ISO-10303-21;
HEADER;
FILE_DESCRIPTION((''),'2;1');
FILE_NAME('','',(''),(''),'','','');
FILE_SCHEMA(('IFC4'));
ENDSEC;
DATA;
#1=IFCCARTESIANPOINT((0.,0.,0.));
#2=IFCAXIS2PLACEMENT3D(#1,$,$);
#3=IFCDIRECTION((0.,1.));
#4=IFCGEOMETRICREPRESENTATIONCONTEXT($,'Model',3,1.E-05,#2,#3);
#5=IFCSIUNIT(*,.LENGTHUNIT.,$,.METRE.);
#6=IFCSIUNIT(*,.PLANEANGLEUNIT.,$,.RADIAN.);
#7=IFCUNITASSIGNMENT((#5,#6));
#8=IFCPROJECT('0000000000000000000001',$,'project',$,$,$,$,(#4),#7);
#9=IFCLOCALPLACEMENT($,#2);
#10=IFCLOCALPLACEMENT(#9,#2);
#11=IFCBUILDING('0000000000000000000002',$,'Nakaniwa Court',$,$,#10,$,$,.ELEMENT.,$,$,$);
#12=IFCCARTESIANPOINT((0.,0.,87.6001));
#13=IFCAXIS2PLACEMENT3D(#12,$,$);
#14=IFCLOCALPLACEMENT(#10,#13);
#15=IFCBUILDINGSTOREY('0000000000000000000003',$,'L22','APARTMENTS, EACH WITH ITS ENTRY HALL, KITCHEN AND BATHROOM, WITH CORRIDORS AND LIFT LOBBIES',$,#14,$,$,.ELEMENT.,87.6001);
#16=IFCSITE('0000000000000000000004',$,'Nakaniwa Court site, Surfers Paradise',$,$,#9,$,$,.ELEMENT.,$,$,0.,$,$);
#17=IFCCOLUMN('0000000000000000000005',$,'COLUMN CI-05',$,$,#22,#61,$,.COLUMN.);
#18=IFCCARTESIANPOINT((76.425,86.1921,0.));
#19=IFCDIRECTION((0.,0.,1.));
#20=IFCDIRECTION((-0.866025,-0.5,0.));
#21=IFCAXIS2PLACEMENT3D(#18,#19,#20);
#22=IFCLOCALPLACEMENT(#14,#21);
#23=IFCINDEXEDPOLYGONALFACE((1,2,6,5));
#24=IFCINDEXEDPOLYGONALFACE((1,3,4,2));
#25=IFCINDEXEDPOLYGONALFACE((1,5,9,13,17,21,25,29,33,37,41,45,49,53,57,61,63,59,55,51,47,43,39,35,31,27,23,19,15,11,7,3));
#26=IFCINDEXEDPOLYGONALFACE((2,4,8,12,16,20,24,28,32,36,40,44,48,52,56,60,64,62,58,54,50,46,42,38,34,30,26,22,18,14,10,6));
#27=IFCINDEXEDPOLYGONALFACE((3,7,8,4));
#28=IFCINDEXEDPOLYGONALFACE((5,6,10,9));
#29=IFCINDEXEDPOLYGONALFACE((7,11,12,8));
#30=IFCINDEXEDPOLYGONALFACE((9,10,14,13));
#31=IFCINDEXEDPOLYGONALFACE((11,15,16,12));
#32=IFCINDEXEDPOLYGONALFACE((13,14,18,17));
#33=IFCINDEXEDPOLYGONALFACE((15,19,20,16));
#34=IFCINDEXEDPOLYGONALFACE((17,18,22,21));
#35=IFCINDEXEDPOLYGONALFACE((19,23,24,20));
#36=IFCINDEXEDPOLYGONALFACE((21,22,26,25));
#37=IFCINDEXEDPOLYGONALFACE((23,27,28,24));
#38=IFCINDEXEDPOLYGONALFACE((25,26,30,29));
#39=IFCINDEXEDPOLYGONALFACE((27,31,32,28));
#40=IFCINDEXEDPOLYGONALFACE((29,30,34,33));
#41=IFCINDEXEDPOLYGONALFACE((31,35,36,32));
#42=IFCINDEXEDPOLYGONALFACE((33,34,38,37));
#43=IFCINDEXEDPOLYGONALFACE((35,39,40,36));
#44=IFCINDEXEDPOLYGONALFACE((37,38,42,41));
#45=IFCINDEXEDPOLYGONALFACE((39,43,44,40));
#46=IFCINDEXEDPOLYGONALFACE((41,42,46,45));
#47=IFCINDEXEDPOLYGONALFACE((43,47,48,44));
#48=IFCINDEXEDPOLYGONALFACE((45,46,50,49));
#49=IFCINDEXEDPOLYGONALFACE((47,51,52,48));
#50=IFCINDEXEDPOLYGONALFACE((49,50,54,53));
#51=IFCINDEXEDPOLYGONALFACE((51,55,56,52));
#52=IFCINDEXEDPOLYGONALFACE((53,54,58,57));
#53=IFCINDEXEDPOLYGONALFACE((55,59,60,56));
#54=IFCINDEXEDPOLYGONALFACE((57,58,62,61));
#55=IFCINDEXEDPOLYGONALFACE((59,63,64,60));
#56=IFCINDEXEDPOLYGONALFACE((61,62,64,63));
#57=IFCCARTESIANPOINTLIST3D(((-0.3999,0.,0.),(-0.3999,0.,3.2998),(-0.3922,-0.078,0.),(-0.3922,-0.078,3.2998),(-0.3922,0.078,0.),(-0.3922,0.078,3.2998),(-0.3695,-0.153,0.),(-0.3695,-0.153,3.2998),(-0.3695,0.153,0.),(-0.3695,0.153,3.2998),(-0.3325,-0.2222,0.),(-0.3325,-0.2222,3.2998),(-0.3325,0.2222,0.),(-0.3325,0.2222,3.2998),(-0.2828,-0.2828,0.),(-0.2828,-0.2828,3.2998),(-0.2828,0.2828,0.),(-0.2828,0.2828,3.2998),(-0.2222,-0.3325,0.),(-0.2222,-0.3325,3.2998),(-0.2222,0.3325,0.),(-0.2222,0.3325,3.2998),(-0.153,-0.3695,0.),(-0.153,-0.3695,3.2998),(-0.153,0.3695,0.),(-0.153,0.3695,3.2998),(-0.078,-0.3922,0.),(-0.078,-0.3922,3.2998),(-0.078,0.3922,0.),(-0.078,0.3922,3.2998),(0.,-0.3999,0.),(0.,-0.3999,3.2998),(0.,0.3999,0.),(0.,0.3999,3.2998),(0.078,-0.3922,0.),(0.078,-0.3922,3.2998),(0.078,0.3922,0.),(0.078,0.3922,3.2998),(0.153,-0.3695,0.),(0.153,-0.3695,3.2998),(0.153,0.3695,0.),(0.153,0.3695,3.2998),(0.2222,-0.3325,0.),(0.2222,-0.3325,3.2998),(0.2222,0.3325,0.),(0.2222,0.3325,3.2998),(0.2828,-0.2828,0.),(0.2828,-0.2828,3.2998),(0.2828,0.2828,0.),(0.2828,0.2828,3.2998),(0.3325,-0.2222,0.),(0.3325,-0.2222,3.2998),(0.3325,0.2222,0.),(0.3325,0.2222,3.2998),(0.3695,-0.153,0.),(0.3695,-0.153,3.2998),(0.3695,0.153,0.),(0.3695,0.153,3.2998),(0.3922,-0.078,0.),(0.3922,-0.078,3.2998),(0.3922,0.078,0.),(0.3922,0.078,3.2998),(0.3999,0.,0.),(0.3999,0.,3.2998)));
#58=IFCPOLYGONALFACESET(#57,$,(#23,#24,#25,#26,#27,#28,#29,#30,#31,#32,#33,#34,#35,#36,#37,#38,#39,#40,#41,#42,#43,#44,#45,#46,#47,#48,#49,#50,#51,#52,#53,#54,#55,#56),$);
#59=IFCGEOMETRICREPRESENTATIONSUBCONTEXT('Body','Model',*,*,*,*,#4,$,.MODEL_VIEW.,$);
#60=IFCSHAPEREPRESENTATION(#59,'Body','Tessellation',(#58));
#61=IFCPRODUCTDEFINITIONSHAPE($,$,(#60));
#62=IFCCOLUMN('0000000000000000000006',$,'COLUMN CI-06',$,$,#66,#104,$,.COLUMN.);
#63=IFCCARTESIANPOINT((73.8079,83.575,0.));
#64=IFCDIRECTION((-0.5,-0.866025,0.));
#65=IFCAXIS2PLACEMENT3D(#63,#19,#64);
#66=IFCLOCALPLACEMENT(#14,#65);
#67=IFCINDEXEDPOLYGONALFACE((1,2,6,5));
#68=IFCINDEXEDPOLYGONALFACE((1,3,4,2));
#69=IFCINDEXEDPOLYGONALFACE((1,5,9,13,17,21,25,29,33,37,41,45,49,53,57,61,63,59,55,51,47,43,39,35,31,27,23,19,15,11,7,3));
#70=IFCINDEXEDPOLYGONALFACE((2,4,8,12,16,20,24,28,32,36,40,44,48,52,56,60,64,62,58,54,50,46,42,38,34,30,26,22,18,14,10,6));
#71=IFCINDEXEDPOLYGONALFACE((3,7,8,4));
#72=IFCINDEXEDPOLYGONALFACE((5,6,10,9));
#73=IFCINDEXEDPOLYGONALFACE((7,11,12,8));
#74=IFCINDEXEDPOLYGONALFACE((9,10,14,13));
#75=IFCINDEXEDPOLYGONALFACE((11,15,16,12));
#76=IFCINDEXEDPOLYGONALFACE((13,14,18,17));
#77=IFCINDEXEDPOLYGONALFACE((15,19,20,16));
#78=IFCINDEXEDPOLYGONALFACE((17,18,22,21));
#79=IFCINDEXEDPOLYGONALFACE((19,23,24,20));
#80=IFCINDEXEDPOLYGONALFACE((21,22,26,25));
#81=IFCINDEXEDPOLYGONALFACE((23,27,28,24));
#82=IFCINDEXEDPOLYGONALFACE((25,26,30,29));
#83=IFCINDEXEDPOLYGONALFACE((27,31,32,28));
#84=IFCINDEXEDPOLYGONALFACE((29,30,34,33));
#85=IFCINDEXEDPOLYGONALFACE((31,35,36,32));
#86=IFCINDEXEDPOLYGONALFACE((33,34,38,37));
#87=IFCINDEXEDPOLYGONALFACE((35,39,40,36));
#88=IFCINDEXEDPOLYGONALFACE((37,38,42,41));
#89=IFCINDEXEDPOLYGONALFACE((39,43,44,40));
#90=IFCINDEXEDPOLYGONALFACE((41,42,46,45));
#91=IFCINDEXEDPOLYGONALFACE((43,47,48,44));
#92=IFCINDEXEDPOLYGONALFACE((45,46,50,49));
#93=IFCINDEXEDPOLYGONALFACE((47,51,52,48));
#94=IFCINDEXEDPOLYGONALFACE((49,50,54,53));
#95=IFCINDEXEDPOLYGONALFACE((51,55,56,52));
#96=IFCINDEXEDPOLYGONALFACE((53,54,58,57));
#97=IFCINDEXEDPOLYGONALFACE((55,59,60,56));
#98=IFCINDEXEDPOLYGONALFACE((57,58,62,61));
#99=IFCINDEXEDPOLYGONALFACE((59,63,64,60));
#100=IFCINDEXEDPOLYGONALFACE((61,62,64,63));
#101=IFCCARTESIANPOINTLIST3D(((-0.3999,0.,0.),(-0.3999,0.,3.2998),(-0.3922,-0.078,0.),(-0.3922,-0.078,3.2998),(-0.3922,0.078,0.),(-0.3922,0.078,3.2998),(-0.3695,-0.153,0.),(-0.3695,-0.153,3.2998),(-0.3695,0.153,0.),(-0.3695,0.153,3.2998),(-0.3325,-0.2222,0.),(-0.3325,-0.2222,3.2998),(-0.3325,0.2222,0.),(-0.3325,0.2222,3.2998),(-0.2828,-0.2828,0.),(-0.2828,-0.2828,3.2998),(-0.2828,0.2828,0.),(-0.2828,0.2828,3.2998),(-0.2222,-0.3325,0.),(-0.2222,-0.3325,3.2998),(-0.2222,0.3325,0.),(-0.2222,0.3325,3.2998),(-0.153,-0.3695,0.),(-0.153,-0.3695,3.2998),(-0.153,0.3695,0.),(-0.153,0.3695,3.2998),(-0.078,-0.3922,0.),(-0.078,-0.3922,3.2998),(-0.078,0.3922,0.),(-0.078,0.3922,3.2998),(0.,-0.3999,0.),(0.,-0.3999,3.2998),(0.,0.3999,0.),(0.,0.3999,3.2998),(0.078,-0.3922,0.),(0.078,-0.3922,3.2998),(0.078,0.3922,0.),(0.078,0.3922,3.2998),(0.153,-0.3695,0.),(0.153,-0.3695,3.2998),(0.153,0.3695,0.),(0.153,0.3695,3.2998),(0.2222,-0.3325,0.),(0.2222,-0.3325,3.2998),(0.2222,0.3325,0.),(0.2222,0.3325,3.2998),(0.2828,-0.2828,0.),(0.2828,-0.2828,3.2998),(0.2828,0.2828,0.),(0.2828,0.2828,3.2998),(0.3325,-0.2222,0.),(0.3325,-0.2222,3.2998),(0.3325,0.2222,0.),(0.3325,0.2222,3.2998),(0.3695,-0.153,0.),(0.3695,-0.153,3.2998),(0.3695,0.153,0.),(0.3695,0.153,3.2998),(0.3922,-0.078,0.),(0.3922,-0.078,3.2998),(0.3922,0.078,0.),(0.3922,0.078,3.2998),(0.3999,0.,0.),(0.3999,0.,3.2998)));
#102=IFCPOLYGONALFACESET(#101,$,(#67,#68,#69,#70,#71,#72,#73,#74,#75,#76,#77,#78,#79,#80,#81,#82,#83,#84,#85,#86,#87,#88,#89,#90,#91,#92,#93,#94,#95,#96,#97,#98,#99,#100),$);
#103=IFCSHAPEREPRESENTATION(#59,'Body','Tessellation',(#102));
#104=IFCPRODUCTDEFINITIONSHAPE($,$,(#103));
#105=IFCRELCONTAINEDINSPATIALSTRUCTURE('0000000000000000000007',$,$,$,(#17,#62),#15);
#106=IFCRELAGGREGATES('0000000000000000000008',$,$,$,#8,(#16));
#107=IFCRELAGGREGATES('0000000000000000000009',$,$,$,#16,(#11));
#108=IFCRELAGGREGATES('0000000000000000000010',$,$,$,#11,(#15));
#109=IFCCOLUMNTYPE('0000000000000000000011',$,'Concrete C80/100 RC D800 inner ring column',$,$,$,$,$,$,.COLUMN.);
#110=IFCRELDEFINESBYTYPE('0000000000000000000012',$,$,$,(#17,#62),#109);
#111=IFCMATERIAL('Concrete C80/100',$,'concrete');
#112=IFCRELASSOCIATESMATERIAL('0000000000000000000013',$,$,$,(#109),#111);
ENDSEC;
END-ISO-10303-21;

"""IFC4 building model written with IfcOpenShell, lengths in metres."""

from ifc_helpers import new_model, si_unit, direction, frame, origin, origin_2d, place, context, subcontext, project, spatial, circle, extrude, material, material_profile, profile_set, type_object, element, save


model = new_model("IFC4")

# Units and contexts
model_context = context("Model", 3, precision=1e-05, world=origin(), true_north=direction((0.0, 1.0)))
body_context = subcontext(model_context, "Body", "Model", "MODEL_VIEW")
ifc_project = project(units=[si_unit("LENGTHUNIT", "METRE"), si_unit("PLANEANGLEUNIT", "RADIAN")], contexts=[model_context])

# Site, building, storey
site_placement = place(None, origin())
site = spatial("IfcSite", under=ifc_project, at=site_placement, Name="Nakaniwa Court site, Surfers Paradise", CompositionType="ELEMENT", RefElevation=0.0)
building_placement = place(site_placement, origin())
building = spatial("IfcBuilding", under=site, at=building_placement, Name="Nakaniwa Court", CompositionType="ELEMENT")
storey_placement = place(building_placement, frame((0.0, 0.0, 87.6001)))
storey = spatial("IfcBuildingStorey", under=building, at=storey_placement, Name="L22", Description="APARTMENTS, EACH WITH ITS ENTRY HALL, KITCHEN AND BATHROOM, WITH CORRIDORS AND LIFT LOBBIES", CompositionType="ELEMENT", Elevation=87.6001)

# Columns
ifc_material_1 = material(Name="Concrete C80/100", Category="concrete")
ifc_material_profile_1 = material_profile(ifc_material_1, circle(Radius=0.3999, at=origin_2d()), Name="Concrete C80/100 RC D800 inner ring column")
ifc_profile_set_1 = profile_set([ifc_material_profile_1], Name="Concrete C80/100")
column_type_1 = type_object("IfcColumnType", Name="Concrete C80/100 RC D800 inner ring column", PredefinedType="COLUMN", material=ifc_profile_set_1)
for number, where, z_axis, x_axis, name in (
    (1, (76.425, 86.1921, 0.0), (0.0, 0.0, 1.0), (-0.866025, -0.5, 0.0), "COLUMN CI-05"),
    (2, (73.8079, 83.575, 0.0), (0.0, 0.0, 1.0), (-0.5, -0.866025, 0.0), "COLUMN CI-06"),
):
    element("IfcColumn", number, at=place(storey_placement, frame(where, z_axis=z_axis, x_axis=x_axis)), inside=storey, type_object=column_type_1, Name=name, PredefinedType="COLUMN", context=body_context, shape_type="SweptSolid", body=[
        extrude(circle(Radius=0.3999, at=origin_2d()), origin(), (0.0, 0.0, 1.0), 3.2998),
    ])

save(model, "model.ifc")
